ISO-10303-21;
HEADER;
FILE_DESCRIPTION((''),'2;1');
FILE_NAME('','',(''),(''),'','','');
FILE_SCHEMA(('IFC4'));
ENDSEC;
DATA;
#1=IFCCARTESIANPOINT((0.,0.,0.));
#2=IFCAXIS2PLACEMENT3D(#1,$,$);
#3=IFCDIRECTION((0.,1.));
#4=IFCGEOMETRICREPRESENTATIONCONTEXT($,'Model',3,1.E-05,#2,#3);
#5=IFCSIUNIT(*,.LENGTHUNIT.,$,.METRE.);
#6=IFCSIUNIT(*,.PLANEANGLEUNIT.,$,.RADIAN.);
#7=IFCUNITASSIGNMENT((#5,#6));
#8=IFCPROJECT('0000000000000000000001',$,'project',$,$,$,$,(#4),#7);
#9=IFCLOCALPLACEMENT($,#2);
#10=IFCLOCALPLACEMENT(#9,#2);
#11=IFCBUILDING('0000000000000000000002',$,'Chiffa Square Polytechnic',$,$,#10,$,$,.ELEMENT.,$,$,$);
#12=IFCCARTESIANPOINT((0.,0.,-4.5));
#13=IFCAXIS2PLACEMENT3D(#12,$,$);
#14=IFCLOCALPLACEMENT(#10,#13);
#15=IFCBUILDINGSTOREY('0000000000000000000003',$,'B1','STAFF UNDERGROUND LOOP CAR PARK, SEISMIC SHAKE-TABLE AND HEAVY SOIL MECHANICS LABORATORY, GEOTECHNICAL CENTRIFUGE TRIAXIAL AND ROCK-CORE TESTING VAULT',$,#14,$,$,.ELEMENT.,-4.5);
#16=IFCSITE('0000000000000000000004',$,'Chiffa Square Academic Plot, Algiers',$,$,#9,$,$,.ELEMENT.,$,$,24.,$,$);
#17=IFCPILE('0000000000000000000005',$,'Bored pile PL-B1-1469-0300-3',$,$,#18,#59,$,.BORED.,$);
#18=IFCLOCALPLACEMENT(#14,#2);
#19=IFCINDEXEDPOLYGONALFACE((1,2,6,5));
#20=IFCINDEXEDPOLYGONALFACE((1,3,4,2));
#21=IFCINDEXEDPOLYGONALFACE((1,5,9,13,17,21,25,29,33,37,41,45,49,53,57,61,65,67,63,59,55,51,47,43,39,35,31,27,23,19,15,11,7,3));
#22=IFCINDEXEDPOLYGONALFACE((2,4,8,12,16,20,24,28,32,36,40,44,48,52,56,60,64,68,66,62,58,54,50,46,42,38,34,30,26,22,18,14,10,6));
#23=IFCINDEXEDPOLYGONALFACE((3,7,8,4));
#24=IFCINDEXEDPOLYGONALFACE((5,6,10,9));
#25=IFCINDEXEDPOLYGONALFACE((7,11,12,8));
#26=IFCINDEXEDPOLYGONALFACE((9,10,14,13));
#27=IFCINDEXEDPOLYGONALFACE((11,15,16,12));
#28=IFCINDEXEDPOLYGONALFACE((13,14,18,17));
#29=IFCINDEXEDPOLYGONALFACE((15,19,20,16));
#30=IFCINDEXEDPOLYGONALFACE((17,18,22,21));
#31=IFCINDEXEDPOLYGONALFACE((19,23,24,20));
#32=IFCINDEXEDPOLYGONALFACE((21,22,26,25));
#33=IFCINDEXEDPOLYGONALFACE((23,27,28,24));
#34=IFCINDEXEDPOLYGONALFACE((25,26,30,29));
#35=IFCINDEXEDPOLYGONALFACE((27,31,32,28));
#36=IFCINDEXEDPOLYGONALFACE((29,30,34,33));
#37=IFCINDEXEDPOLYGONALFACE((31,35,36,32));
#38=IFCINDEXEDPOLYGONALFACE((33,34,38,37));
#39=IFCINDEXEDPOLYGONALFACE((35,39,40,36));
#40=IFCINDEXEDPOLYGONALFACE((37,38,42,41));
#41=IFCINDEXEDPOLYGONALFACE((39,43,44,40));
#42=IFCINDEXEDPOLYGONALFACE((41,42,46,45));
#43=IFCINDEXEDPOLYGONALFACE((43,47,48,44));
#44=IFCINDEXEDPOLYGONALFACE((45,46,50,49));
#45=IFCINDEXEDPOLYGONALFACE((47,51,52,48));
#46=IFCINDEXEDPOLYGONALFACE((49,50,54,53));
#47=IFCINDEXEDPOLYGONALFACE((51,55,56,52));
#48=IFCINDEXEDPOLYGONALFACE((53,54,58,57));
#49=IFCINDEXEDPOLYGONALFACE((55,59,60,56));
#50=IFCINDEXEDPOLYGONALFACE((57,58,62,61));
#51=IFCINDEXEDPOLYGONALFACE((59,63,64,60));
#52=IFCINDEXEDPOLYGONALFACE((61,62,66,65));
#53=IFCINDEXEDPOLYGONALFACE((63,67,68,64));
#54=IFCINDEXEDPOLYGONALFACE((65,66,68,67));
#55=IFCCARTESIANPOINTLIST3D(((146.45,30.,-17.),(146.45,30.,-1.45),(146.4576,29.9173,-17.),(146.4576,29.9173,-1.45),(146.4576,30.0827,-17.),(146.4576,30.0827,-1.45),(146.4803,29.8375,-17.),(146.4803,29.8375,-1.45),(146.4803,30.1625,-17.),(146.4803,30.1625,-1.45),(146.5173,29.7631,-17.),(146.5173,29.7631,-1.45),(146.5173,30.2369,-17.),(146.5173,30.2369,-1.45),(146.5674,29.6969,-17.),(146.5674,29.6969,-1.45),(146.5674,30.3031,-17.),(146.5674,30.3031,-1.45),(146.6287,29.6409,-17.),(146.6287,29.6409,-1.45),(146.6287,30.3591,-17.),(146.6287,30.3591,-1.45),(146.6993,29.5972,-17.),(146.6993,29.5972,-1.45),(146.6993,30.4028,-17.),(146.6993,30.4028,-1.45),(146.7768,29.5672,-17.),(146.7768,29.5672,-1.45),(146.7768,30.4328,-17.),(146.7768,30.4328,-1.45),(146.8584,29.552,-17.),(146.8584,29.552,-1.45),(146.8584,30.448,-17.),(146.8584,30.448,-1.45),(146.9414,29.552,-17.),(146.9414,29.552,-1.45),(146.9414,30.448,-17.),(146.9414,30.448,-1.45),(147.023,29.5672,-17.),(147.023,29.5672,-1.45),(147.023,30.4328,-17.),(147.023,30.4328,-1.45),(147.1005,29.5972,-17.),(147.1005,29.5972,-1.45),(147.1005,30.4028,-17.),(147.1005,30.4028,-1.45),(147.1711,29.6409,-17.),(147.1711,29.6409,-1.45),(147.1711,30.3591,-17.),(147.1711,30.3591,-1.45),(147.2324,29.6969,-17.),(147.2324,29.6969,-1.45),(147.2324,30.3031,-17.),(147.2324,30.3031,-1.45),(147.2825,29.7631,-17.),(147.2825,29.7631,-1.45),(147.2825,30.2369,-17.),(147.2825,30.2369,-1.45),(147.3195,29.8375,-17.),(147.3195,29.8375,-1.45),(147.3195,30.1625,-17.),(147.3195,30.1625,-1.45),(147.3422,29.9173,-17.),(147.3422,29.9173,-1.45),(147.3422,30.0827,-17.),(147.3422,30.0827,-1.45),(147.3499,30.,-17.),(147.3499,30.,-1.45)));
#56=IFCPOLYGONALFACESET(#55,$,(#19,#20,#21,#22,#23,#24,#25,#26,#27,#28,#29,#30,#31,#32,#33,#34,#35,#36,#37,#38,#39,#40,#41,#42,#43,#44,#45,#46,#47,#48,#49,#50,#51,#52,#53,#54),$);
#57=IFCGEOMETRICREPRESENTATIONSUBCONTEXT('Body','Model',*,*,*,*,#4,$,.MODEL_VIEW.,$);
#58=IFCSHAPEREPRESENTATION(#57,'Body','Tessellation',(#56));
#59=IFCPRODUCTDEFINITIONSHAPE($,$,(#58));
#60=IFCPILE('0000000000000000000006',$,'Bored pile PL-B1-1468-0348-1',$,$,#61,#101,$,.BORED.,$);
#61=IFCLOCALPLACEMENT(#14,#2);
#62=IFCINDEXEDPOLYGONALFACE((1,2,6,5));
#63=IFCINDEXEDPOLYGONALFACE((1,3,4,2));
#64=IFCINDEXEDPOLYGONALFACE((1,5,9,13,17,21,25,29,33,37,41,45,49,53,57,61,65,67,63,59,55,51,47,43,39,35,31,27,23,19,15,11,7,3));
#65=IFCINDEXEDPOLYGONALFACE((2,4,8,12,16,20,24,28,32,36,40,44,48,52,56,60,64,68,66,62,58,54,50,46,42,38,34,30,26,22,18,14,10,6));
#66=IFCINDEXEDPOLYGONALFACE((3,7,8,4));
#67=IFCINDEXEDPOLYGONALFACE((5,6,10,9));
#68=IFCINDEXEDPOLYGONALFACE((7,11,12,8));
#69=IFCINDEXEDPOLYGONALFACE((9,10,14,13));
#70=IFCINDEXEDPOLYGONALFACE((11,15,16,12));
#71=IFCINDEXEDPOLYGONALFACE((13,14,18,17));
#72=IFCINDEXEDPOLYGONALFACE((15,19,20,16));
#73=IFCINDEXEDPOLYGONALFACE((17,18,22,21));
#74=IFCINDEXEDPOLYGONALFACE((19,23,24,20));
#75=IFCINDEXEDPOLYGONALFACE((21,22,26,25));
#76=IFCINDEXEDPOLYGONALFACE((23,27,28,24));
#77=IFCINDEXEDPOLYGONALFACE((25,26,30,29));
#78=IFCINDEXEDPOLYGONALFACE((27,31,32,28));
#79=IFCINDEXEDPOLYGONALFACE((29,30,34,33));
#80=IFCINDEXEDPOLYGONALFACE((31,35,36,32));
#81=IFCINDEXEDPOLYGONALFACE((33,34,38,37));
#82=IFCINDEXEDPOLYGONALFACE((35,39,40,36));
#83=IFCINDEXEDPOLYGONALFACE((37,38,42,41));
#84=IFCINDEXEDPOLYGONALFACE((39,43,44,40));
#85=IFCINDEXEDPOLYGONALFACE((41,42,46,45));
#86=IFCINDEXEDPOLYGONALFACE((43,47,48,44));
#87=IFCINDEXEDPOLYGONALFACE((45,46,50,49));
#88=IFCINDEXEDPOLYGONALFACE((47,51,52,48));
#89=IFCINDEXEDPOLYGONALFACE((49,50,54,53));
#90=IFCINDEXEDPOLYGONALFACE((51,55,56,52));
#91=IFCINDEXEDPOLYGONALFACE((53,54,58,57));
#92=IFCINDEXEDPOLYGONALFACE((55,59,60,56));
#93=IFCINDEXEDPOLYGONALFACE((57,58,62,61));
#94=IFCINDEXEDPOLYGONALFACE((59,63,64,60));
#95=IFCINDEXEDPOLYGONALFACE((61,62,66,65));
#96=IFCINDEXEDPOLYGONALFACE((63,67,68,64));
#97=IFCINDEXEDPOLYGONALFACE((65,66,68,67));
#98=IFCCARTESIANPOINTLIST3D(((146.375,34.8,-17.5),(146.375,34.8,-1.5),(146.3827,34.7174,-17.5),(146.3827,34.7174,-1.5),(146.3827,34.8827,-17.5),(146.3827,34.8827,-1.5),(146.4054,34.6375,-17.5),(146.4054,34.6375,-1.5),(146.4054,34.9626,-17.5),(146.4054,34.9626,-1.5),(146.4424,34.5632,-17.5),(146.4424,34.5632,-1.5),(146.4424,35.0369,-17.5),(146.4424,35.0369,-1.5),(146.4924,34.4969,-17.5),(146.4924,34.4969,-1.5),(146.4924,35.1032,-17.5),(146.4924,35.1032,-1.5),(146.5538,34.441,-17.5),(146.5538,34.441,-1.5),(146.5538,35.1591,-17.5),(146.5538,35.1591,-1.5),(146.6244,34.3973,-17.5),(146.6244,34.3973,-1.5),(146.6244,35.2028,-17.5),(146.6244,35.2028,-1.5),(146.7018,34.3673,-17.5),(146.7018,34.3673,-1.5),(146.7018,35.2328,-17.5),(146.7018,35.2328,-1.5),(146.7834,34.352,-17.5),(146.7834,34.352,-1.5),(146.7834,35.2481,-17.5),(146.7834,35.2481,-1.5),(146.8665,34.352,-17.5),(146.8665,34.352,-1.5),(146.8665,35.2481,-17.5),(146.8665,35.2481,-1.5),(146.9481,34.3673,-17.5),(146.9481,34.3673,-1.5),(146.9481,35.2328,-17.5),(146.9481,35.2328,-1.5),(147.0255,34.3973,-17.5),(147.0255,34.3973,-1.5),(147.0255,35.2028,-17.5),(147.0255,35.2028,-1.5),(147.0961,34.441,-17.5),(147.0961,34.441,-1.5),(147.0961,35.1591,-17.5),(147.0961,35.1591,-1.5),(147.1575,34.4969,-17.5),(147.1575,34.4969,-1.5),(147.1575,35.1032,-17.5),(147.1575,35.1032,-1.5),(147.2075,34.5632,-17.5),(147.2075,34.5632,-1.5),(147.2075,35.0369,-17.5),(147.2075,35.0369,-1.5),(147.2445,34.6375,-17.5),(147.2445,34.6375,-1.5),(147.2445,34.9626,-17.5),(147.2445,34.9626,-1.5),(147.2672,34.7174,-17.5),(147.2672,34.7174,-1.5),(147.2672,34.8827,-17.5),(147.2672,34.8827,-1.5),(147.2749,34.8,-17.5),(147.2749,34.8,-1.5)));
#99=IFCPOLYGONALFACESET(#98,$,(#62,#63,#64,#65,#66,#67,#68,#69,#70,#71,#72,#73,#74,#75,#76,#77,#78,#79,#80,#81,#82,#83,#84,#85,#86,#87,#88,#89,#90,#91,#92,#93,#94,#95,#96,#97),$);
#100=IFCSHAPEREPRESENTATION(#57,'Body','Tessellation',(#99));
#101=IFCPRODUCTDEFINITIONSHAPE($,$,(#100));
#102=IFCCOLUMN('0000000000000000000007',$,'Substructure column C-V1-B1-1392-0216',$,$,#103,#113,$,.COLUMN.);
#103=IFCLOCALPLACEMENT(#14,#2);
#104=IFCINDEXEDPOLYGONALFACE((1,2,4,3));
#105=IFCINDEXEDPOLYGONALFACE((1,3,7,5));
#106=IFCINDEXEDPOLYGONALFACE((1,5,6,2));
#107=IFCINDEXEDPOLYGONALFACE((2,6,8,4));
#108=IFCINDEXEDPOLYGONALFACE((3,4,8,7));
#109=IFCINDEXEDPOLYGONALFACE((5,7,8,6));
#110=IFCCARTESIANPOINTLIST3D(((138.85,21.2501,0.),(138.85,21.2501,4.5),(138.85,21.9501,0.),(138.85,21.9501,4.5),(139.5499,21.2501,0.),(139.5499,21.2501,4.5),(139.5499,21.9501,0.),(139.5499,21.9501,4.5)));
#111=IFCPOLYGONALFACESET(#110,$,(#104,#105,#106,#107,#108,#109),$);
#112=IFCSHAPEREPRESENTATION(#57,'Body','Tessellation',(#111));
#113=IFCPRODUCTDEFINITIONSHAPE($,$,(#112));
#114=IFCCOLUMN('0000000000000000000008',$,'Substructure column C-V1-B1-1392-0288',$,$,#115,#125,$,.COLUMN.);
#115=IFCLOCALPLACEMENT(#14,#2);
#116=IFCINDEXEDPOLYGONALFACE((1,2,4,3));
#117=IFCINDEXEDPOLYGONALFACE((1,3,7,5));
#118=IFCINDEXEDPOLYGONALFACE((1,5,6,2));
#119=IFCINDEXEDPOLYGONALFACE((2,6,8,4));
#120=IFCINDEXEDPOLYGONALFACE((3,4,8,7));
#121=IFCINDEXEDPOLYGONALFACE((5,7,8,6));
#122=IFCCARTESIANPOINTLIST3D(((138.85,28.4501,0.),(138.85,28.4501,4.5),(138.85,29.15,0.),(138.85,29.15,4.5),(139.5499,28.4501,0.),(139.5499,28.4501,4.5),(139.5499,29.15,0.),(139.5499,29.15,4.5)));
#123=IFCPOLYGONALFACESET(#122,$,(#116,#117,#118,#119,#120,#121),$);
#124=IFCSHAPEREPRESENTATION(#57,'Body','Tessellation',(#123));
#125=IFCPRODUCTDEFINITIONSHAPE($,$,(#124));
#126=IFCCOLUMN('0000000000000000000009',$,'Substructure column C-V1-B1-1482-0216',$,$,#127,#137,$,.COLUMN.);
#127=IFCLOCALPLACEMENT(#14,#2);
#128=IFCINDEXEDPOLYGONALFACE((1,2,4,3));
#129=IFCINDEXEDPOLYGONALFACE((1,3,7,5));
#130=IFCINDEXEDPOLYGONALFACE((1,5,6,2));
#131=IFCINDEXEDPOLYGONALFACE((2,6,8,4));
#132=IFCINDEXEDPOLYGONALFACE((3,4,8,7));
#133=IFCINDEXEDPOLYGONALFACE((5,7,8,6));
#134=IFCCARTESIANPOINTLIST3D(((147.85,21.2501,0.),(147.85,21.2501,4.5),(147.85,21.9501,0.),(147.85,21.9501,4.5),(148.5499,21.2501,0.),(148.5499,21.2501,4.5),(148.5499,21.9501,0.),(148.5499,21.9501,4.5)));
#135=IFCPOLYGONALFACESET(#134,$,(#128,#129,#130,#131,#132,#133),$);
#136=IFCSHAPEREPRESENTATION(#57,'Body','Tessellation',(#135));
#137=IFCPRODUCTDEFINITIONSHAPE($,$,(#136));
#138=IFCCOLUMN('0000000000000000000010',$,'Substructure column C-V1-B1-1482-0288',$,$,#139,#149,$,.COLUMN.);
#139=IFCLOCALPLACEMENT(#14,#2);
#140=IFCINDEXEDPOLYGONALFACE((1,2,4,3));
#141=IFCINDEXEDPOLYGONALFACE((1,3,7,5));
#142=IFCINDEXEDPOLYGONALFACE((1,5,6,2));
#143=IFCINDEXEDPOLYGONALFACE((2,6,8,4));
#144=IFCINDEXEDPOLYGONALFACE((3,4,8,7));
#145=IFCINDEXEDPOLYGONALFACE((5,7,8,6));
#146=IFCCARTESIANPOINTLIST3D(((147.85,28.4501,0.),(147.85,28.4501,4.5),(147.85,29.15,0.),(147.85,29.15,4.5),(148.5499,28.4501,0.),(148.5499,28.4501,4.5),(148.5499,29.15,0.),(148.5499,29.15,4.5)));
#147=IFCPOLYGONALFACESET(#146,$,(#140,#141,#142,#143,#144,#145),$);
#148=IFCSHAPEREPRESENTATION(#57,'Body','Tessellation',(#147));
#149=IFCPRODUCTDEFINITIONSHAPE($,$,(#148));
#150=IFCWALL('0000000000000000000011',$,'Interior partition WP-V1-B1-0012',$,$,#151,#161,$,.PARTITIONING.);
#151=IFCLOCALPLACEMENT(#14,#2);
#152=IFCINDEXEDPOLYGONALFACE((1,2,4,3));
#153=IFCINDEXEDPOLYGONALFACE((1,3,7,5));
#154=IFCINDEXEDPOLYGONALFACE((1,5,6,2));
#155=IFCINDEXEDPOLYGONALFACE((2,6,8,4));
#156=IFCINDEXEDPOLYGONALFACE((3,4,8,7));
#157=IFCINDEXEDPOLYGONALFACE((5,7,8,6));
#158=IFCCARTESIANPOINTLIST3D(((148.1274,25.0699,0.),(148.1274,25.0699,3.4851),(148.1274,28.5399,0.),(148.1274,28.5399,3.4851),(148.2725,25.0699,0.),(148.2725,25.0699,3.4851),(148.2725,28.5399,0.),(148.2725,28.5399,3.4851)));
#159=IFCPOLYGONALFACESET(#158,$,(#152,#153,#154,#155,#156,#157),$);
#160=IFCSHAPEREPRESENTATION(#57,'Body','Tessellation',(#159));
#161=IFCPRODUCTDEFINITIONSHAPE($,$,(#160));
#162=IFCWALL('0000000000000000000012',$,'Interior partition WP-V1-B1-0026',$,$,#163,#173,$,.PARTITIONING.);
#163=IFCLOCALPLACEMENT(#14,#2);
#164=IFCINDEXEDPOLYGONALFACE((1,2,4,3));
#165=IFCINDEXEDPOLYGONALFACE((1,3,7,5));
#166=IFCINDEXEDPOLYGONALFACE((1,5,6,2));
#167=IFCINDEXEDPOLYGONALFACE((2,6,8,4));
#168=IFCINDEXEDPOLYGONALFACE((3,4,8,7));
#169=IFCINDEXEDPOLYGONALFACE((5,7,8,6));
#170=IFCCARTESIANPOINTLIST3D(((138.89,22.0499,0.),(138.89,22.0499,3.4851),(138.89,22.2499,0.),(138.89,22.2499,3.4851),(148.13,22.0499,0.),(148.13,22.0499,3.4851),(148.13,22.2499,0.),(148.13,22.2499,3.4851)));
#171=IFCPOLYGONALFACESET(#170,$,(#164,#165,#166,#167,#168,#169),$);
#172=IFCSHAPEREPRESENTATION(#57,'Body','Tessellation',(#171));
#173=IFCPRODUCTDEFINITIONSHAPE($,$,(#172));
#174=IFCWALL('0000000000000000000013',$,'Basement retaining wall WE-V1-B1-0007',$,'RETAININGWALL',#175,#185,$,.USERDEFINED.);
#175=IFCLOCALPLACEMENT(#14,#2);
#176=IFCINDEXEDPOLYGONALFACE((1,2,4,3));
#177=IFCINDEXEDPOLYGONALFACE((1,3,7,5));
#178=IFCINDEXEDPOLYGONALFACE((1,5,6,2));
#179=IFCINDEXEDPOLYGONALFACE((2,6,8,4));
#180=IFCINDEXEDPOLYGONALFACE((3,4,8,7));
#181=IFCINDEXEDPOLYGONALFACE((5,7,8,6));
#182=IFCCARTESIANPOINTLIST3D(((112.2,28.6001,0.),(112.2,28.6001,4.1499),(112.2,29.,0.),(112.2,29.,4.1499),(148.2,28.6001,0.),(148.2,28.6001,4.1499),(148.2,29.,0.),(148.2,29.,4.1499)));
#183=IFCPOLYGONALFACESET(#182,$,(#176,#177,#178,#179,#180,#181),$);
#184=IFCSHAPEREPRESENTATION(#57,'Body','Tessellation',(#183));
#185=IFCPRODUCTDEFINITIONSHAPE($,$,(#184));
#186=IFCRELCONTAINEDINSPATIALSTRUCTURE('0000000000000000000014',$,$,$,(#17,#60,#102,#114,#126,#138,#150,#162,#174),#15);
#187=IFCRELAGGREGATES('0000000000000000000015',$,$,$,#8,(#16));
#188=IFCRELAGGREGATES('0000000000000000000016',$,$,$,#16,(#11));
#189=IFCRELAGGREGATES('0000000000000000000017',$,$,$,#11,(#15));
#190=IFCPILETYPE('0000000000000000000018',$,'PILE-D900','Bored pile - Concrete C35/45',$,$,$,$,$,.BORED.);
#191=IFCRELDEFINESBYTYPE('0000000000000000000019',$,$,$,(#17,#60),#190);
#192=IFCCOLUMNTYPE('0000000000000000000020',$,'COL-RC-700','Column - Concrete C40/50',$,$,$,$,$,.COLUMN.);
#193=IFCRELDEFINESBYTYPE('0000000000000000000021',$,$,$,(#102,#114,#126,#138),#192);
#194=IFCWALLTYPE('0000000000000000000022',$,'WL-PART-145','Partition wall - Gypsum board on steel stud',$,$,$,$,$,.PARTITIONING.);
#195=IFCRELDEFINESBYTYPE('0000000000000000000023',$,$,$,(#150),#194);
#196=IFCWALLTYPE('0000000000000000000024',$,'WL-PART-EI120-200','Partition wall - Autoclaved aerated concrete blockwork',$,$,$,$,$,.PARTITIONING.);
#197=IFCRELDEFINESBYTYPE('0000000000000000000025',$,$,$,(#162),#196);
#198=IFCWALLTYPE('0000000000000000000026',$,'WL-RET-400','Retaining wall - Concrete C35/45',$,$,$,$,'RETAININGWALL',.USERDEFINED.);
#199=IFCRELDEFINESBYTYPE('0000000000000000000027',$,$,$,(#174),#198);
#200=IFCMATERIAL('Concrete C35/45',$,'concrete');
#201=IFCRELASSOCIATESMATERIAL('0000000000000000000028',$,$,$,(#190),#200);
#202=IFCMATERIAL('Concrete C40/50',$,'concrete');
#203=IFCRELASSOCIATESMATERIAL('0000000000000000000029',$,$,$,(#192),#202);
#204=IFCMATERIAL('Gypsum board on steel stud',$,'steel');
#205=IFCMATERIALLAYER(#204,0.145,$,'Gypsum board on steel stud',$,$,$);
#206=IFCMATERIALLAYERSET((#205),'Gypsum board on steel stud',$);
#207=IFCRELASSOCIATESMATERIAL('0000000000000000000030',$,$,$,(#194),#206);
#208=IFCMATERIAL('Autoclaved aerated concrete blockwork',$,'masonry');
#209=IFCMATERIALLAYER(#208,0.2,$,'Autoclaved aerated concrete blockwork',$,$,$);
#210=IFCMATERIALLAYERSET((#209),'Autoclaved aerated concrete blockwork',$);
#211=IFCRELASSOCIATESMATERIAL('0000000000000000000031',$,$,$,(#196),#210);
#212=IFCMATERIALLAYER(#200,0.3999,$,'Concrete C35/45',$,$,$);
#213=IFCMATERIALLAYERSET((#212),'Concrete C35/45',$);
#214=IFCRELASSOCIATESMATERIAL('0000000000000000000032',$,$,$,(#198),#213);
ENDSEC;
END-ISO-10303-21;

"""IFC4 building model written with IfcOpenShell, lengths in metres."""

from ifc_helpers import new_model, si_unit, direction, frame, frame_2d, origin, origin_2d, place, context, subcontext, project, spatial, rectangle, circle, extrude, material, layer, layer_set, material_profile, profile_set, type_object, element, save


model = new_model("IFC4")

# Units and contexts
model_context = context("Model", 3, precision=1e-05, world=origin(), true_north=direction((0.0, 1.0)))
body_context = subcontext(model_context, "Body", "Model", "MODEL_VIEW")
ifc_project = project(units=[si_unit("LENGTHUNIT", "METRE"), si_unit("PLANEANGLEUNIT", "RADIAN")], contexts=[model_context])

# Site, building, storey
site_placement = place(None, origin())
site = spatial("IfcSite", under=ifc_project, at=site_placement, Name="Chiffa Square Academic Plot, Algiers", CompositionType="ELEMENT", RefElevation=24.0)
building_placement = place(site_placement, origin())
building = spatial("IfcBuilding", under=site, at=building_placement, Name="Chiffa Square Polytechnic", CompositionType="ELEMENT")
storey_placement = place(building_placement, frame((0.0, 0.0, -4.5)))
storey = spatial("IfcBuildingStorey", under=building, at=storey_placement, Name="B1", Description="STAFF UNDERGROUND LOOP CAR PARK, SEISMIC SHAKE-TABLE AND HEAVY SOIL MECHANICS LABORATORY, GEOTECHNICAL CENTRIFUGE TRIAXIAL AND ROCK-CORE TESTING VAULT", CompositionType="ELEMENT", Elevation=-4.5)

# Shared definitions
ifc_material_1 = material(Name="Concrete C35/45", Category="concrete")

# Piles
ifc_material_profile_1 = material_profile(ifc_material_1, circle(Radius=0.45, at=origin_2d()), Name="PILE D900")
ifc_profile_set_1 = profile_set([ifc_material_profile_1], Name="Concrete C35/45")
pile_type_1 = type_object("IfcPileType", Name="PILE-D900", Description="Bored pile - Concrete C35/45", PredefinedType="BORED", material=ifc_profile_set_1)
for number, where, z_axis, x_axis, name in (
    (1, (146.8999, 30.0, -1.45), (0.0, 0.0, -1.0), (1.0, 0.0, 0.0), "Bored pile PL-B1-1469-0300-3"),
):
    element("IfcPile", number, at=place(storey_placement, frame(where, z_axis=z_axis, x_axis=x_axis)), inside=storey, type_object=pile_type_1, Name=name, PredefinedType="BORED", context=body_context, shape_type="SweptSolid", body=[
        extrude(circle(Radius=0.45, at=origin_2d()), origin(), (0.0, 0.0, 1.0), 15.55),
    ])
pile_placement = place(storey_placement, frame((146.825, 34.8, -1.5), z_axis=(0.0, 0.0, -1.0), x_axis=(1.0, 0.0, 0.0)))
element("IfcPile", 2, at=pile_placement, inside=storey, type_object=pile_type_1, Name="Bored pile PL-B1-1468-0348-1", PredefinedType="BORED", context=body_context, shape_type="SweptSolid", body=[
    extrude(circle(Radius=0.45, at=origin_2d()), origin(), (0.0, 0.0, 1.0), 16.0),
])

# Columns
ifc_material_2 = material(Name="Concrete C40/50", Category="concrete")
ifc_material_profile_2 = material_profile(ifc_material_2, rectangle(XDim=0.7, YDim=0.7, at=origin_2d()), Name="RC 700x700")
ifc_profile_set_2 = profile_set([ifc_material_profile_2], Name="Concrete C40/50")
column_type = type_object("IfcColumnType", Name="COL-RC-700", Description="Column - Concrete C40/50", PredefinedType="COLUMN", material=ifc_profile_set_2)
for number, where, z_axis, x_axis, name in (
    (3, (139.2, 21.6001, 0.0), (0.0, 0.0, 1.0), (1.0, 0.0, 0.0), "Substructure column C-V1-B1-1392-0216"),
    (4, (139.2, 28.8, 0.0), (0.0, 0.0, 1.0), (1.0, 0.0, 0.0), "Substructure column C-V1-B1-1392-0288"),
    (5, (148.2, 21.6001, 0.0), (0.0, 0.0, 1.0), (1.0, 0.0, 0.0), "Substructure column C-V1-B1-1482-0216"),
    (6, (148.2, 28.8, 0.0), (0.0, 0.0, 1.0), (1.0, 0.0, 0.0), "Substructure column C-V1-B1-1482-0288"),
):
    element("IfcColumn", number, at=place(storey_placement, frame(where, z_axis=z_axis, x_axis=x_axis)), inside=storey, type_object=column_type, Name=name, PredefinedType="COLUMN", context=body_context, shape_type="SweptSolid", body=[
        extrude(rectangle(XDim=0.7, YDim=0.7, at=origin_2d()), origin(), (0.0, 0.0, 1.0), 4.5),
    ])

# Walls
ifc_material_3 = material(Name="Gypsum board on steel stud", Category="steel")
ifc_layer_1 = layer(ifc_material_3, 0.145, Name="Gypsum board on steel stud")
ifc_layer_set_1 = layer_set([ifc_layer_1], Name="Gypsum board on steel stud")
wall_type_1 = type_object("IfcWallType", Name="WL-PART-145", Description="Partition wall - Gypsum board on steel stud", PredefinedType="PARTITIONING", material=ifc_layer_set_1)
wall_1_placement = place(storey_placement, frame((148.2, 25.0701, 0.0), z_axis=(0.0, 0.0, 1.0), x_axis=(0.0, 1.0, 0.0)))
element("IfcWall", 7, at=wall_1_placement, inside=storey, type_object=wall_type_1, Name="Interior partition WP-V1-B1-0012", PredefinedType="PARTITIONING", context=body_context, shape_type="SweptSolid", body=[
    extrude(rectangle(XDim=3.47, YDim=0.145, at=frame_2d((1.7349, 0.0))), origin(), (0.0, 0.0, 1.0), 3.4851),
])
ifc_material_4 = material(Name="Autoclaved aerated concrete blockwork", Category="masonry")
ifc_layer_2 = layer(ifc_material_4, 0.2, Name="Autoclaved aerated concrete blockwork")
ifc_layer_set_2 = layer_set([ifc_layer_2], Name="Autoclaved aerated concrete blockwork")
wall_type_2 = type_object("IfcWallType", Name="WL-PART-EI120-200", Description="Partition wall - Autoclaved aerated concrete blockwork", PredefinedType="PARTITIONING", material=ifc_layer_set_2)
wall_2_placement = place(storey_placement, frame((138.8899, 22.1499, 0.0), z_axis=(0.0, 0.0, 1.0), x_axis=(1.0, 0.0, 0.0)))
element("IfcWall", 8, at=wall_2_placement, inside=storey, type_object=wall_type_2, Name="Interior partition WP-V1-B1-0026", PredefinedType="PARTITIONING", context=body_context, shape_type="SweptSolid", body=[
    extrude(rectangle(XDim=9.24, YDim=0.2, at=frame_2d((4.6201, 0.0))), origin(), (0.0, 0.0, 1.0), 3.4851),
])
ifc_layer_3 = layer(ifc_material_1, 0.3999, Name="Concrete C35/45")
ifc_layer_set_3 = layer_set([ifc_layer_3], Name="Concrete C35/45")
wall_type_3 = type_object("IfcWallType", Name="WL-RET-400", Description="Retaining wall - Concrete C35/45", ElementType="RETAININGWALL", PredefinedType="USERDEFINED", material=ifc_layer_set_3)
wall_3_placement = place(storey_placement, frame((148.2, 28.8, 0.0), z_axis=(0.0, 0.0, 1.0), x_axis=(-1.0, 0.0, 0.0)))
element("IfcWall", 9, at=wall_3_placement, inside=storey, type_object=wall_type_3, Name="Basement retaining wall WE-V1-B1-0007", ObjectType="RETAININGWALL", PredefinedType="USERDEFINED", context=body_context, shape_type="SweptSolid", body=[
    extrude(rectangle(XDim=36.0, YDim=0.3999, at=frame_2d((18.0, 0.0))), origin(), (0.0, 0.0, 1.0), 4.1499),
])

save(model, "model.ifc")
